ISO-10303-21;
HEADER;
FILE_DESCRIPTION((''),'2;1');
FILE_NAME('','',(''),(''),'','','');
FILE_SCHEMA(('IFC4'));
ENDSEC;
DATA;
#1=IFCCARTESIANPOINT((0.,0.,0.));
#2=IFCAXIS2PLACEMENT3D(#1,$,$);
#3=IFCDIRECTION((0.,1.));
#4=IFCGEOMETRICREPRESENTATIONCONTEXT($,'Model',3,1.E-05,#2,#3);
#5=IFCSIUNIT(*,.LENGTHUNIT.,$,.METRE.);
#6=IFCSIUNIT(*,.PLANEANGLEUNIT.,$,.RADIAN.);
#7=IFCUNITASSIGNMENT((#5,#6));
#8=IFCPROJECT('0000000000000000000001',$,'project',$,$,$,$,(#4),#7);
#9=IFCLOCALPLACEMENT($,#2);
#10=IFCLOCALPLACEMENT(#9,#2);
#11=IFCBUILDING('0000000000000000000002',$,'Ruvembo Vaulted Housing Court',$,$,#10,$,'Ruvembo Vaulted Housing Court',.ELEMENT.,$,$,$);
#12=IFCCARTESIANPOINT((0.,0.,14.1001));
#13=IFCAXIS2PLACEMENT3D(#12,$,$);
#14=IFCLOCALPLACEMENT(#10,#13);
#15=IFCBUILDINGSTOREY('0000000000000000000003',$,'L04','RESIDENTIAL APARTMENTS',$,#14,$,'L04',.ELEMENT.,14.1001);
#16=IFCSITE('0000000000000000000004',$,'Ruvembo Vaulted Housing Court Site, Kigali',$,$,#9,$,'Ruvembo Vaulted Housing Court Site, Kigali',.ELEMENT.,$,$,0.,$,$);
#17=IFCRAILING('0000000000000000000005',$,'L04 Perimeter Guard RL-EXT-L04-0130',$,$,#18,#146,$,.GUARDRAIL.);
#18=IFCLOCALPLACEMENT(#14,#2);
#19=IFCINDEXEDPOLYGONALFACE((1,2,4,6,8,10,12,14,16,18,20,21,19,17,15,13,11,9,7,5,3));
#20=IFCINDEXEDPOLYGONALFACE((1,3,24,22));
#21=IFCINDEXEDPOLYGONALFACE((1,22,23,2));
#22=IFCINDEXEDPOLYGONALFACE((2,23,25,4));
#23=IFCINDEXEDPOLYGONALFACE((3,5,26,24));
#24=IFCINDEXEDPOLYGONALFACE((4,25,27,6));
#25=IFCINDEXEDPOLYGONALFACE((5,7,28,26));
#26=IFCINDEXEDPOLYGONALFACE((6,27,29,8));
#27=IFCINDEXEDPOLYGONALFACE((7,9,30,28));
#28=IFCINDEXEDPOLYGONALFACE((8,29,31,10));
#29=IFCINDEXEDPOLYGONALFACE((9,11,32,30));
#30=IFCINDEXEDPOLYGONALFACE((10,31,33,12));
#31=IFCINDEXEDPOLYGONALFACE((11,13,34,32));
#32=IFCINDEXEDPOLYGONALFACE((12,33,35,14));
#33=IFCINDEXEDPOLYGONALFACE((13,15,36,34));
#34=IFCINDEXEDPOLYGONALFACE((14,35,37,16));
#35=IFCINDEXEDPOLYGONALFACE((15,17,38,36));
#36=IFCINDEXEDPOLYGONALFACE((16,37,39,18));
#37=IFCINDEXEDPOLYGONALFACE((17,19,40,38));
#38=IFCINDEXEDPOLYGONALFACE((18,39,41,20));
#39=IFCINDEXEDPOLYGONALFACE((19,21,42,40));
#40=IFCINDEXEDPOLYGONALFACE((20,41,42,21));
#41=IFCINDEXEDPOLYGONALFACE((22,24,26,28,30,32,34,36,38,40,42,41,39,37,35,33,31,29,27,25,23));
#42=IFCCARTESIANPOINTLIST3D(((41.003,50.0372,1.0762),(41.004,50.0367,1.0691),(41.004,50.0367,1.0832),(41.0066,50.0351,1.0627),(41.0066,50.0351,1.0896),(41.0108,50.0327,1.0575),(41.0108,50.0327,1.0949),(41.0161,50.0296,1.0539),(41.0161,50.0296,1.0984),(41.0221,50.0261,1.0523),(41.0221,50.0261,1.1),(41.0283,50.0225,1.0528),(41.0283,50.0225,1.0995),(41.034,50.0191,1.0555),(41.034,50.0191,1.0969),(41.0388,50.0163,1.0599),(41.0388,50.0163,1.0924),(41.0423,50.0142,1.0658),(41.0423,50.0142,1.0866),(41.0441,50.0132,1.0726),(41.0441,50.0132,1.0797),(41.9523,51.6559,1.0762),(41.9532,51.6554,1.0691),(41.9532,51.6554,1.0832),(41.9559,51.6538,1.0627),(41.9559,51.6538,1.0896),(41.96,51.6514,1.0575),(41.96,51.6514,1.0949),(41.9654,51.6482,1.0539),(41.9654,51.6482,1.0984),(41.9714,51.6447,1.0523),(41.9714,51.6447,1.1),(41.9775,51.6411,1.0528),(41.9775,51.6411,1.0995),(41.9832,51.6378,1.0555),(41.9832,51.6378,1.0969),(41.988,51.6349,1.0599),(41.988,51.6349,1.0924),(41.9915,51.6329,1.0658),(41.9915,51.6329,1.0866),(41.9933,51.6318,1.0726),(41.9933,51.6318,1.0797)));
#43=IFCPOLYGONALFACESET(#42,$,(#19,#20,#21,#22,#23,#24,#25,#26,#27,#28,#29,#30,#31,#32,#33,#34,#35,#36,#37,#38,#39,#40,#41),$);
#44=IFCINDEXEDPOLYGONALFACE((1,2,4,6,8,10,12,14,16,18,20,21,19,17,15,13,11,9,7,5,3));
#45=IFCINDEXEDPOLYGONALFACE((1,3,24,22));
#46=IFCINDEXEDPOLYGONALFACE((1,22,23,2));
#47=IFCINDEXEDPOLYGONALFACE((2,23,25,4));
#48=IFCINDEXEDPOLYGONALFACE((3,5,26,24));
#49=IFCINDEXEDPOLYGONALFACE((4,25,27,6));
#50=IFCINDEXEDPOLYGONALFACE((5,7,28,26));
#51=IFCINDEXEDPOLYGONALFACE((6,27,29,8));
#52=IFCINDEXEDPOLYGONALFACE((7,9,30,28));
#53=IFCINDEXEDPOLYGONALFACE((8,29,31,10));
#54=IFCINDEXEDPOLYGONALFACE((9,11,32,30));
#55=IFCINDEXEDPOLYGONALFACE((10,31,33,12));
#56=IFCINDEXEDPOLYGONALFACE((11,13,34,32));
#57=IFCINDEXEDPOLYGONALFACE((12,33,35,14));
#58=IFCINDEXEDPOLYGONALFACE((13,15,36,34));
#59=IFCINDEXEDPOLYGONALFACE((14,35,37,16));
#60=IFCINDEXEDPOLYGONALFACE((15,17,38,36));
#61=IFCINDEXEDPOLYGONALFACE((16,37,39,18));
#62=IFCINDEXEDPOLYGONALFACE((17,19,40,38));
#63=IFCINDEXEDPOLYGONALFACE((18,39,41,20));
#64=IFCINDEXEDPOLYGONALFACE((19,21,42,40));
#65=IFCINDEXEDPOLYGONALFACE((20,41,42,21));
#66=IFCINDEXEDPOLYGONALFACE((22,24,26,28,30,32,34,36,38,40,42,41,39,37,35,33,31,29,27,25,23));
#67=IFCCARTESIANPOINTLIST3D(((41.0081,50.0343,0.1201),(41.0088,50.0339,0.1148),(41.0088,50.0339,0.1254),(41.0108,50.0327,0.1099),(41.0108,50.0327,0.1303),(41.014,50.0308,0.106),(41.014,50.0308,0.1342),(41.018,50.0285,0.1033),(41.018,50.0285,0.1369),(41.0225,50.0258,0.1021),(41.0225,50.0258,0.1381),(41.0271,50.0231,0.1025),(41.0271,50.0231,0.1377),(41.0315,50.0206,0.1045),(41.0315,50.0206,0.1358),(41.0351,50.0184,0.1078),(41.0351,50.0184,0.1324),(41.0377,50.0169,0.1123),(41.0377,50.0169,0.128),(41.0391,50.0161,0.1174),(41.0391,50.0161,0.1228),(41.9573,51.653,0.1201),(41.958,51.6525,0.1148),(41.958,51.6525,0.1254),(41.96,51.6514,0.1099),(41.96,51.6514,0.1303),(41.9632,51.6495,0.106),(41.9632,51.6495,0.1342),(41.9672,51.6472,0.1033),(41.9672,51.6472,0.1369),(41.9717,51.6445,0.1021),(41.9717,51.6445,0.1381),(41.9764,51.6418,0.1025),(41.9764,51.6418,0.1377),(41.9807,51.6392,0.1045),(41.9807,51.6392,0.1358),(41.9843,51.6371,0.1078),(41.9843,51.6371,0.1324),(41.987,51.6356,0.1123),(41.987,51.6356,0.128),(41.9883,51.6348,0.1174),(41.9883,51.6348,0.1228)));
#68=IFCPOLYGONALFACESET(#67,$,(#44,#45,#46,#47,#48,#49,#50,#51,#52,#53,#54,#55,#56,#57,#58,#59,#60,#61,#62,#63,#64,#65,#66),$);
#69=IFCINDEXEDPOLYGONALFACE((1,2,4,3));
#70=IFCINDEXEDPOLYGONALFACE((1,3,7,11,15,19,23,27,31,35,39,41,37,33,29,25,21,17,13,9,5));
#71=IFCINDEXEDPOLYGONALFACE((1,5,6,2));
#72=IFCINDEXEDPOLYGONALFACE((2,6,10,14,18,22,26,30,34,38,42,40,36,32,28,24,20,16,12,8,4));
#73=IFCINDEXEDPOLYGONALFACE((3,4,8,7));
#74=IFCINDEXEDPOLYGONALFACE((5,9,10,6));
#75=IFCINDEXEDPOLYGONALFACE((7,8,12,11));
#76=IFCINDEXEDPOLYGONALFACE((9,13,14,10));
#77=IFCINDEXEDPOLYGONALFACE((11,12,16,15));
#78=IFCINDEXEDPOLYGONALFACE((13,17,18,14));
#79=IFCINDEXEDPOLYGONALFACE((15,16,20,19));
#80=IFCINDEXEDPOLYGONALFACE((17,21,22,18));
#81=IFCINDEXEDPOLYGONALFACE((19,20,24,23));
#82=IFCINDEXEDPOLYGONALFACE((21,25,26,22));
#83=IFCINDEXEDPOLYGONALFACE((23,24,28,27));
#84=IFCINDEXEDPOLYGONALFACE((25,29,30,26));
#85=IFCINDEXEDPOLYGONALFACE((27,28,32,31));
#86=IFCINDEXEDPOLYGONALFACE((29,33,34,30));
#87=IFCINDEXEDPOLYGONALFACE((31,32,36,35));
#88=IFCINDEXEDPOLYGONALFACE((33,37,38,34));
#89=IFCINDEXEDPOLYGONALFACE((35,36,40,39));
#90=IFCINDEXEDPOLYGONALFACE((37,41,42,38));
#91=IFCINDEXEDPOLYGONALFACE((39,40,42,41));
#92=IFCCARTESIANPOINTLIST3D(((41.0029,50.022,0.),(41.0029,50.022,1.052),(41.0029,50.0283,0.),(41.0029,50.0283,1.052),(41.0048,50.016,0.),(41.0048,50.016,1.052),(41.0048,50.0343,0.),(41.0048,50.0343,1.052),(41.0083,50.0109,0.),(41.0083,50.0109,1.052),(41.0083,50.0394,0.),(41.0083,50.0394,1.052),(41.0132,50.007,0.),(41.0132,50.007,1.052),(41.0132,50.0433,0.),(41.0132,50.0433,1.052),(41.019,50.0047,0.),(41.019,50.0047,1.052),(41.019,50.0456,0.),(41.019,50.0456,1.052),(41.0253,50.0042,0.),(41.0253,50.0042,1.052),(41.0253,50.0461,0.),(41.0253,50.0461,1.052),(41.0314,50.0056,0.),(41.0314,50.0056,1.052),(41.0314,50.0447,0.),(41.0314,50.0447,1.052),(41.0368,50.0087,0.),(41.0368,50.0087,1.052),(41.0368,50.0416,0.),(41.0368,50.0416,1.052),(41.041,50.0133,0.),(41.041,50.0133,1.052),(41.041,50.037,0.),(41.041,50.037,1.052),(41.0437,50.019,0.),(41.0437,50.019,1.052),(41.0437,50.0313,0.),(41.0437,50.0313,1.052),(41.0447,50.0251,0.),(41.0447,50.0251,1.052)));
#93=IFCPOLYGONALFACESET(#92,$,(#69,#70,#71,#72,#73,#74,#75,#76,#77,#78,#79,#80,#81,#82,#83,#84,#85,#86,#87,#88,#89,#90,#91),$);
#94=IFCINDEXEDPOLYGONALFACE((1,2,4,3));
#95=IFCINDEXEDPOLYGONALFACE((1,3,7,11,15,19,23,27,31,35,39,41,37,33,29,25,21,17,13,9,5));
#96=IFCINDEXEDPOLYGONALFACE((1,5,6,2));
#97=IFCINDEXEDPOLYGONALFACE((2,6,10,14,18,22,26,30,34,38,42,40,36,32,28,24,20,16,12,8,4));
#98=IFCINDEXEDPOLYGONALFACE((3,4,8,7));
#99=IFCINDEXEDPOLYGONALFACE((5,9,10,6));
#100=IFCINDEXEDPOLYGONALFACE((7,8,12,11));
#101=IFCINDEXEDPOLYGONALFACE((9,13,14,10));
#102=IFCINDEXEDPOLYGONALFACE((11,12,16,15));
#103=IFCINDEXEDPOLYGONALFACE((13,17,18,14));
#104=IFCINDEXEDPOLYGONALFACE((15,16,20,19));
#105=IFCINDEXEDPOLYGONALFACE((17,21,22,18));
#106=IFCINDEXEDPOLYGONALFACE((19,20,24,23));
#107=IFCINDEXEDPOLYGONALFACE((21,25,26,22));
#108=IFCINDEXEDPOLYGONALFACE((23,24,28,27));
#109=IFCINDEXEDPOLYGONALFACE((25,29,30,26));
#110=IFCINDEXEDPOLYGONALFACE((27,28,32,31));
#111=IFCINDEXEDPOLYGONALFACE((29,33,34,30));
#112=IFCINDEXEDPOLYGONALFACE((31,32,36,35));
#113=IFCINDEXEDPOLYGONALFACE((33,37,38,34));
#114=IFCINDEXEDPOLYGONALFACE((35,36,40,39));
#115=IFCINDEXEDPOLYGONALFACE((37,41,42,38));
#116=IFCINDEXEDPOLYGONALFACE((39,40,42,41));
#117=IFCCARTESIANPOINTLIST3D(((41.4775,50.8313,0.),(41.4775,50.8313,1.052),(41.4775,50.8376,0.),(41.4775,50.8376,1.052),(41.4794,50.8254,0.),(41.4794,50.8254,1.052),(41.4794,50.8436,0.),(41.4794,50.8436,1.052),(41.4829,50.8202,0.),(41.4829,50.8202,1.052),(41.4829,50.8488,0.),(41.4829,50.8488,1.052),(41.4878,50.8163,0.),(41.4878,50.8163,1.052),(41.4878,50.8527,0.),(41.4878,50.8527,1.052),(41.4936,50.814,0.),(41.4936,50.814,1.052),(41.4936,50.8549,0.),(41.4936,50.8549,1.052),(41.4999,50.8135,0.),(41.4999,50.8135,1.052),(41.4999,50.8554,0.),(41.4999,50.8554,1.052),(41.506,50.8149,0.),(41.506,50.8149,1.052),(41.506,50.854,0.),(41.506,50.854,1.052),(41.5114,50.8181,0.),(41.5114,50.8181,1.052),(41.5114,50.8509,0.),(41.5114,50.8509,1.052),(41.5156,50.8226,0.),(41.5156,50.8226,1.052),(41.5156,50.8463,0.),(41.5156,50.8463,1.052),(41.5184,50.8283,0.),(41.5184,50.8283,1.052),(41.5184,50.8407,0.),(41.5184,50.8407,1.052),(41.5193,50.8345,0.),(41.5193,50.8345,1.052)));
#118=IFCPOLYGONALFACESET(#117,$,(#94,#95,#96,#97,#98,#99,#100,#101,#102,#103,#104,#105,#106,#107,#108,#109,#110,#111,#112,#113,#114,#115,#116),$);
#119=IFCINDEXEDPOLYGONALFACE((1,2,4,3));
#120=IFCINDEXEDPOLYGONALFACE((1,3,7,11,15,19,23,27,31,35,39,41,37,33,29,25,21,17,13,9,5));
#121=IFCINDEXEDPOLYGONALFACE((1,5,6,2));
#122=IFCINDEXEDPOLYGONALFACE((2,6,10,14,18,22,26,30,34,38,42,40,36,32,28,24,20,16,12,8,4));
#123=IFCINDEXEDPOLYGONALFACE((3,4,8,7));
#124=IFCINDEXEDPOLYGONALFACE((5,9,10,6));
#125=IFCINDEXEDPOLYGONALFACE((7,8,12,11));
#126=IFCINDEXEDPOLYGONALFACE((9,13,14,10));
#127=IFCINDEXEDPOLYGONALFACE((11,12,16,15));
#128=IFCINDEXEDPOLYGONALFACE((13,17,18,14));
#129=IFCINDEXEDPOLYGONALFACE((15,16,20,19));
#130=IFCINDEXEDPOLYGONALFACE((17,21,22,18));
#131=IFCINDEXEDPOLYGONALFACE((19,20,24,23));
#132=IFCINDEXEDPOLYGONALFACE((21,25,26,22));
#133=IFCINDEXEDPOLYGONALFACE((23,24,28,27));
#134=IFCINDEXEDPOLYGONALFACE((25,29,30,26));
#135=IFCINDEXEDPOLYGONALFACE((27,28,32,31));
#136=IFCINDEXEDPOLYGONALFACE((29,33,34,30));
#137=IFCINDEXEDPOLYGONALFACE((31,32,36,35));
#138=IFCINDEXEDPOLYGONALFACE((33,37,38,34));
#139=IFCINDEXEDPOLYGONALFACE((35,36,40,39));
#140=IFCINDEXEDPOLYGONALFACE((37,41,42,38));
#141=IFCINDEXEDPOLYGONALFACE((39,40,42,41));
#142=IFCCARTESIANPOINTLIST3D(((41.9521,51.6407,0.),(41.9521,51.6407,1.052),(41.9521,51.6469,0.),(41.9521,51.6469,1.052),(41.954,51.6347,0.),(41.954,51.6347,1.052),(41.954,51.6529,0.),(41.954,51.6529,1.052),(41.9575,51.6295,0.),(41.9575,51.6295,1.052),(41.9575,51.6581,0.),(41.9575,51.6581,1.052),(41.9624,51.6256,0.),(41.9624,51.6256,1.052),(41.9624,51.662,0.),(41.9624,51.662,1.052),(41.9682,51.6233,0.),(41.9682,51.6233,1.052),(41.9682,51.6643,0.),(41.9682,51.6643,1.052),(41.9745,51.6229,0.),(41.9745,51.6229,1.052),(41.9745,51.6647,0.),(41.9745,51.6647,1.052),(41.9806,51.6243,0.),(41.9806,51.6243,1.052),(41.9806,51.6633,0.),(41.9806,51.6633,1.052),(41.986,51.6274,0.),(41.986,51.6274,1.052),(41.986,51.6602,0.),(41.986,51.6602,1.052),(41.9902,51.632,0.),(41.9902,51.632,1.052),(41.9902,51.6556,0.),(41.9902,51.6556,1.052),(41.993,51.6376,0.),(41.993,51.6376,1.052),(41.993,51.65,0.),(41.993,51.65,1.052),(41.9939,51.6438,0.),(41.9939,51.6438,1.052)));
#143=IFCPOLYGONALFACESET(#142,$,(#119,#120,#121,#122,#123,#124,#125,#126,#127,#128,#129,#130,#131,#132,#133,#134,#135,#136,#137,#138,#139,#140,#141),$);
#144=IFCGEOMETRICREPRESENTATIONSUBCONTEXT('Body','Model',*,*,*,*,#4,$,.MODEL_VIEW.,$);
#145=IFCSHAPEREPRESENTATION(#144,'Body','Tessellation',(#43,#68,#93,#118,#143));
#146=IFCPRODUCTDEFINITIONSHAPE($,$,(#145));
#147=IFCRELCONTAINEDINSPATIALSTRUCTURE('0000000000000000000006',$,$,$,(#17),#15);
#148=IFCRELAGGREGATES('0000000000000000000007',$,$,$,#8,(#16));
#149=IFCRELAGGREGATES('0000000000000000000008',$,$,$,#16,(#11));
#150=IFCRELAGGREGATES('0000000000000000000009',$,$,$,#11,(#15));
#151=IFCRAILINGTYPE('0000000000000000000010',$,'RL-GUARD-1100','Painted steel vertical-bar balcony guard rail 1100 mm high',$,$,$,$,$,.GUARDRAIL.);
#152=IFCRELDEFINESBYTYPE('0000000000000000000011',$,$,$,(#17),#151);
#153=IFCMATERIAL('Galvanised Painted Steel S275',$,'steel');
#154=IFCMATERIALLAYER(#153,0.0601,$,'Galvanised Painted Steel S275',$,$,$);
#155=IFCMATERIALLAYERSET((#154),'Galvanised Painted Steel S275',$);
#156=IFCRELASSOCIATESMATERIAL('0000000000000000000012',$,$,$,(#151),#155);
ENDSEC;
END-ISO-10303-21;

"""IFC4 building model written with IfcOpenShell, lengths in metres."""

from ifc_helpers import new_model, si_unit, direction, frame, origin, origin_2d, place, context, subcontext, project, spatial, circle, extrude, material, layer, layer_set, type_object, element, save


model = new_model("IFC4")

# Units and contexts
model_context = context("Model", 3, precision=1e-05, world=origin(), true_north=direction((0.0, 1.0)))
body_context = subcontext(model_context, "Body", "Model", "MODEL_VIEW")
ifc_project = project(units=[si_unit("LENGTHUNIT", "METRE"), si_unit("PLANEANGLEUNIT", "RADIAN")], contexts=[model_context])

# Site, building, storey
site_placement = place(None, origin())
site = spatial("IfcSite", under=ifc_project, at=site_placement, Name="Ruvembo Vaulted Housing Court Site, Kigali", LongName="Ruvembo Vaulted Housing Court Site, Kigali", CompositionType="ELEMENT", RefElevation=0.0)
building_placement = place(site_placement, origin())
building = spatial("IfcBuilding", under=site, at=building_placement, Name="Ruvembo Vaulted Housing Court", LongName="Ruvembo Vaulted Housing Court", CompositionType="ELEMENT")
storey_placement = place(building_placement, frame((0.0, 0.0, 14.1001)))
storey = spatial("IfcBuildingStorey", under=building, at=storey_placement, Name="L04", Description="RESIDENTIAL APARTMENTS", LongName="L04", CompositionType="ELEMENT", Elevation=14.1001)

# Railing
ifc_material_1 = material(Name="Galvanised Painted Steel S275", Category="steel")
ifc_layer_1 = layer(ifc_material_1, 0.0601, Name="Galvanised Painted Steel S275")
ifc_layer_set_1 = layer_set([ifc_layer_1], Name="Galvanised Painted Steel S275")
railing_type = type_object("IfcRailingType", Name="RL-GUARD-1100", Description="Painted steel vertical-bar balcony guard rail 1100 mm high", PredefinedType="GUARDRAIL", material=ifc_layer_set_1)
railing_1_placement = place(storey_placement, frame((41.0237, 50.0251, 0.0)))
element("IfcRailing", 1, at=railing_1_placement, inside=storey, type_object=railing_type, Name="L04 Perimeter Guard RL-EXT-L04-0130", PredefinedType="GUARDRAIL", context=body_context, shape_type="SweptSolid", body=[
    extrude(circle(Radius=0.0239, at=origin_2d()), frame((0.0, 0.0, 1.0762), z_axis=(0.50586, 0.862616, 0.0), x_axis=(-0.862616, 0.50586, 0.0)), (0.0, 0.0, 1.0), 1.8765),
    extrude(circle(Radius=0.0181, at=origin_2d()), frame((0.0, 0.0, 0.1201), z_axis=(0.50586, 0.862616, 0.0), x_axis=(-0.862616, 0.50586, 0.0)), (0.0, 0.0, 1.0), 1.8765),
    extrude(circle(Radius=0.021, at=origin_2d()), origin(), (0.0, 0.0, 1.0), 1.052),
    extrude(circle(Radius=0.021, at=origin_2d()), frame((0.4746, 0.8093, 0.0)), (0.0, 0.0, 1.0), 1.052),
    extrude(circle(Radius=0.021, at=origin_2d()), frame((0.9492, 1.6187, 0.0)), (0.0, 0.0, 1.0), 1.052),
])

save(model, "model.ifc")
